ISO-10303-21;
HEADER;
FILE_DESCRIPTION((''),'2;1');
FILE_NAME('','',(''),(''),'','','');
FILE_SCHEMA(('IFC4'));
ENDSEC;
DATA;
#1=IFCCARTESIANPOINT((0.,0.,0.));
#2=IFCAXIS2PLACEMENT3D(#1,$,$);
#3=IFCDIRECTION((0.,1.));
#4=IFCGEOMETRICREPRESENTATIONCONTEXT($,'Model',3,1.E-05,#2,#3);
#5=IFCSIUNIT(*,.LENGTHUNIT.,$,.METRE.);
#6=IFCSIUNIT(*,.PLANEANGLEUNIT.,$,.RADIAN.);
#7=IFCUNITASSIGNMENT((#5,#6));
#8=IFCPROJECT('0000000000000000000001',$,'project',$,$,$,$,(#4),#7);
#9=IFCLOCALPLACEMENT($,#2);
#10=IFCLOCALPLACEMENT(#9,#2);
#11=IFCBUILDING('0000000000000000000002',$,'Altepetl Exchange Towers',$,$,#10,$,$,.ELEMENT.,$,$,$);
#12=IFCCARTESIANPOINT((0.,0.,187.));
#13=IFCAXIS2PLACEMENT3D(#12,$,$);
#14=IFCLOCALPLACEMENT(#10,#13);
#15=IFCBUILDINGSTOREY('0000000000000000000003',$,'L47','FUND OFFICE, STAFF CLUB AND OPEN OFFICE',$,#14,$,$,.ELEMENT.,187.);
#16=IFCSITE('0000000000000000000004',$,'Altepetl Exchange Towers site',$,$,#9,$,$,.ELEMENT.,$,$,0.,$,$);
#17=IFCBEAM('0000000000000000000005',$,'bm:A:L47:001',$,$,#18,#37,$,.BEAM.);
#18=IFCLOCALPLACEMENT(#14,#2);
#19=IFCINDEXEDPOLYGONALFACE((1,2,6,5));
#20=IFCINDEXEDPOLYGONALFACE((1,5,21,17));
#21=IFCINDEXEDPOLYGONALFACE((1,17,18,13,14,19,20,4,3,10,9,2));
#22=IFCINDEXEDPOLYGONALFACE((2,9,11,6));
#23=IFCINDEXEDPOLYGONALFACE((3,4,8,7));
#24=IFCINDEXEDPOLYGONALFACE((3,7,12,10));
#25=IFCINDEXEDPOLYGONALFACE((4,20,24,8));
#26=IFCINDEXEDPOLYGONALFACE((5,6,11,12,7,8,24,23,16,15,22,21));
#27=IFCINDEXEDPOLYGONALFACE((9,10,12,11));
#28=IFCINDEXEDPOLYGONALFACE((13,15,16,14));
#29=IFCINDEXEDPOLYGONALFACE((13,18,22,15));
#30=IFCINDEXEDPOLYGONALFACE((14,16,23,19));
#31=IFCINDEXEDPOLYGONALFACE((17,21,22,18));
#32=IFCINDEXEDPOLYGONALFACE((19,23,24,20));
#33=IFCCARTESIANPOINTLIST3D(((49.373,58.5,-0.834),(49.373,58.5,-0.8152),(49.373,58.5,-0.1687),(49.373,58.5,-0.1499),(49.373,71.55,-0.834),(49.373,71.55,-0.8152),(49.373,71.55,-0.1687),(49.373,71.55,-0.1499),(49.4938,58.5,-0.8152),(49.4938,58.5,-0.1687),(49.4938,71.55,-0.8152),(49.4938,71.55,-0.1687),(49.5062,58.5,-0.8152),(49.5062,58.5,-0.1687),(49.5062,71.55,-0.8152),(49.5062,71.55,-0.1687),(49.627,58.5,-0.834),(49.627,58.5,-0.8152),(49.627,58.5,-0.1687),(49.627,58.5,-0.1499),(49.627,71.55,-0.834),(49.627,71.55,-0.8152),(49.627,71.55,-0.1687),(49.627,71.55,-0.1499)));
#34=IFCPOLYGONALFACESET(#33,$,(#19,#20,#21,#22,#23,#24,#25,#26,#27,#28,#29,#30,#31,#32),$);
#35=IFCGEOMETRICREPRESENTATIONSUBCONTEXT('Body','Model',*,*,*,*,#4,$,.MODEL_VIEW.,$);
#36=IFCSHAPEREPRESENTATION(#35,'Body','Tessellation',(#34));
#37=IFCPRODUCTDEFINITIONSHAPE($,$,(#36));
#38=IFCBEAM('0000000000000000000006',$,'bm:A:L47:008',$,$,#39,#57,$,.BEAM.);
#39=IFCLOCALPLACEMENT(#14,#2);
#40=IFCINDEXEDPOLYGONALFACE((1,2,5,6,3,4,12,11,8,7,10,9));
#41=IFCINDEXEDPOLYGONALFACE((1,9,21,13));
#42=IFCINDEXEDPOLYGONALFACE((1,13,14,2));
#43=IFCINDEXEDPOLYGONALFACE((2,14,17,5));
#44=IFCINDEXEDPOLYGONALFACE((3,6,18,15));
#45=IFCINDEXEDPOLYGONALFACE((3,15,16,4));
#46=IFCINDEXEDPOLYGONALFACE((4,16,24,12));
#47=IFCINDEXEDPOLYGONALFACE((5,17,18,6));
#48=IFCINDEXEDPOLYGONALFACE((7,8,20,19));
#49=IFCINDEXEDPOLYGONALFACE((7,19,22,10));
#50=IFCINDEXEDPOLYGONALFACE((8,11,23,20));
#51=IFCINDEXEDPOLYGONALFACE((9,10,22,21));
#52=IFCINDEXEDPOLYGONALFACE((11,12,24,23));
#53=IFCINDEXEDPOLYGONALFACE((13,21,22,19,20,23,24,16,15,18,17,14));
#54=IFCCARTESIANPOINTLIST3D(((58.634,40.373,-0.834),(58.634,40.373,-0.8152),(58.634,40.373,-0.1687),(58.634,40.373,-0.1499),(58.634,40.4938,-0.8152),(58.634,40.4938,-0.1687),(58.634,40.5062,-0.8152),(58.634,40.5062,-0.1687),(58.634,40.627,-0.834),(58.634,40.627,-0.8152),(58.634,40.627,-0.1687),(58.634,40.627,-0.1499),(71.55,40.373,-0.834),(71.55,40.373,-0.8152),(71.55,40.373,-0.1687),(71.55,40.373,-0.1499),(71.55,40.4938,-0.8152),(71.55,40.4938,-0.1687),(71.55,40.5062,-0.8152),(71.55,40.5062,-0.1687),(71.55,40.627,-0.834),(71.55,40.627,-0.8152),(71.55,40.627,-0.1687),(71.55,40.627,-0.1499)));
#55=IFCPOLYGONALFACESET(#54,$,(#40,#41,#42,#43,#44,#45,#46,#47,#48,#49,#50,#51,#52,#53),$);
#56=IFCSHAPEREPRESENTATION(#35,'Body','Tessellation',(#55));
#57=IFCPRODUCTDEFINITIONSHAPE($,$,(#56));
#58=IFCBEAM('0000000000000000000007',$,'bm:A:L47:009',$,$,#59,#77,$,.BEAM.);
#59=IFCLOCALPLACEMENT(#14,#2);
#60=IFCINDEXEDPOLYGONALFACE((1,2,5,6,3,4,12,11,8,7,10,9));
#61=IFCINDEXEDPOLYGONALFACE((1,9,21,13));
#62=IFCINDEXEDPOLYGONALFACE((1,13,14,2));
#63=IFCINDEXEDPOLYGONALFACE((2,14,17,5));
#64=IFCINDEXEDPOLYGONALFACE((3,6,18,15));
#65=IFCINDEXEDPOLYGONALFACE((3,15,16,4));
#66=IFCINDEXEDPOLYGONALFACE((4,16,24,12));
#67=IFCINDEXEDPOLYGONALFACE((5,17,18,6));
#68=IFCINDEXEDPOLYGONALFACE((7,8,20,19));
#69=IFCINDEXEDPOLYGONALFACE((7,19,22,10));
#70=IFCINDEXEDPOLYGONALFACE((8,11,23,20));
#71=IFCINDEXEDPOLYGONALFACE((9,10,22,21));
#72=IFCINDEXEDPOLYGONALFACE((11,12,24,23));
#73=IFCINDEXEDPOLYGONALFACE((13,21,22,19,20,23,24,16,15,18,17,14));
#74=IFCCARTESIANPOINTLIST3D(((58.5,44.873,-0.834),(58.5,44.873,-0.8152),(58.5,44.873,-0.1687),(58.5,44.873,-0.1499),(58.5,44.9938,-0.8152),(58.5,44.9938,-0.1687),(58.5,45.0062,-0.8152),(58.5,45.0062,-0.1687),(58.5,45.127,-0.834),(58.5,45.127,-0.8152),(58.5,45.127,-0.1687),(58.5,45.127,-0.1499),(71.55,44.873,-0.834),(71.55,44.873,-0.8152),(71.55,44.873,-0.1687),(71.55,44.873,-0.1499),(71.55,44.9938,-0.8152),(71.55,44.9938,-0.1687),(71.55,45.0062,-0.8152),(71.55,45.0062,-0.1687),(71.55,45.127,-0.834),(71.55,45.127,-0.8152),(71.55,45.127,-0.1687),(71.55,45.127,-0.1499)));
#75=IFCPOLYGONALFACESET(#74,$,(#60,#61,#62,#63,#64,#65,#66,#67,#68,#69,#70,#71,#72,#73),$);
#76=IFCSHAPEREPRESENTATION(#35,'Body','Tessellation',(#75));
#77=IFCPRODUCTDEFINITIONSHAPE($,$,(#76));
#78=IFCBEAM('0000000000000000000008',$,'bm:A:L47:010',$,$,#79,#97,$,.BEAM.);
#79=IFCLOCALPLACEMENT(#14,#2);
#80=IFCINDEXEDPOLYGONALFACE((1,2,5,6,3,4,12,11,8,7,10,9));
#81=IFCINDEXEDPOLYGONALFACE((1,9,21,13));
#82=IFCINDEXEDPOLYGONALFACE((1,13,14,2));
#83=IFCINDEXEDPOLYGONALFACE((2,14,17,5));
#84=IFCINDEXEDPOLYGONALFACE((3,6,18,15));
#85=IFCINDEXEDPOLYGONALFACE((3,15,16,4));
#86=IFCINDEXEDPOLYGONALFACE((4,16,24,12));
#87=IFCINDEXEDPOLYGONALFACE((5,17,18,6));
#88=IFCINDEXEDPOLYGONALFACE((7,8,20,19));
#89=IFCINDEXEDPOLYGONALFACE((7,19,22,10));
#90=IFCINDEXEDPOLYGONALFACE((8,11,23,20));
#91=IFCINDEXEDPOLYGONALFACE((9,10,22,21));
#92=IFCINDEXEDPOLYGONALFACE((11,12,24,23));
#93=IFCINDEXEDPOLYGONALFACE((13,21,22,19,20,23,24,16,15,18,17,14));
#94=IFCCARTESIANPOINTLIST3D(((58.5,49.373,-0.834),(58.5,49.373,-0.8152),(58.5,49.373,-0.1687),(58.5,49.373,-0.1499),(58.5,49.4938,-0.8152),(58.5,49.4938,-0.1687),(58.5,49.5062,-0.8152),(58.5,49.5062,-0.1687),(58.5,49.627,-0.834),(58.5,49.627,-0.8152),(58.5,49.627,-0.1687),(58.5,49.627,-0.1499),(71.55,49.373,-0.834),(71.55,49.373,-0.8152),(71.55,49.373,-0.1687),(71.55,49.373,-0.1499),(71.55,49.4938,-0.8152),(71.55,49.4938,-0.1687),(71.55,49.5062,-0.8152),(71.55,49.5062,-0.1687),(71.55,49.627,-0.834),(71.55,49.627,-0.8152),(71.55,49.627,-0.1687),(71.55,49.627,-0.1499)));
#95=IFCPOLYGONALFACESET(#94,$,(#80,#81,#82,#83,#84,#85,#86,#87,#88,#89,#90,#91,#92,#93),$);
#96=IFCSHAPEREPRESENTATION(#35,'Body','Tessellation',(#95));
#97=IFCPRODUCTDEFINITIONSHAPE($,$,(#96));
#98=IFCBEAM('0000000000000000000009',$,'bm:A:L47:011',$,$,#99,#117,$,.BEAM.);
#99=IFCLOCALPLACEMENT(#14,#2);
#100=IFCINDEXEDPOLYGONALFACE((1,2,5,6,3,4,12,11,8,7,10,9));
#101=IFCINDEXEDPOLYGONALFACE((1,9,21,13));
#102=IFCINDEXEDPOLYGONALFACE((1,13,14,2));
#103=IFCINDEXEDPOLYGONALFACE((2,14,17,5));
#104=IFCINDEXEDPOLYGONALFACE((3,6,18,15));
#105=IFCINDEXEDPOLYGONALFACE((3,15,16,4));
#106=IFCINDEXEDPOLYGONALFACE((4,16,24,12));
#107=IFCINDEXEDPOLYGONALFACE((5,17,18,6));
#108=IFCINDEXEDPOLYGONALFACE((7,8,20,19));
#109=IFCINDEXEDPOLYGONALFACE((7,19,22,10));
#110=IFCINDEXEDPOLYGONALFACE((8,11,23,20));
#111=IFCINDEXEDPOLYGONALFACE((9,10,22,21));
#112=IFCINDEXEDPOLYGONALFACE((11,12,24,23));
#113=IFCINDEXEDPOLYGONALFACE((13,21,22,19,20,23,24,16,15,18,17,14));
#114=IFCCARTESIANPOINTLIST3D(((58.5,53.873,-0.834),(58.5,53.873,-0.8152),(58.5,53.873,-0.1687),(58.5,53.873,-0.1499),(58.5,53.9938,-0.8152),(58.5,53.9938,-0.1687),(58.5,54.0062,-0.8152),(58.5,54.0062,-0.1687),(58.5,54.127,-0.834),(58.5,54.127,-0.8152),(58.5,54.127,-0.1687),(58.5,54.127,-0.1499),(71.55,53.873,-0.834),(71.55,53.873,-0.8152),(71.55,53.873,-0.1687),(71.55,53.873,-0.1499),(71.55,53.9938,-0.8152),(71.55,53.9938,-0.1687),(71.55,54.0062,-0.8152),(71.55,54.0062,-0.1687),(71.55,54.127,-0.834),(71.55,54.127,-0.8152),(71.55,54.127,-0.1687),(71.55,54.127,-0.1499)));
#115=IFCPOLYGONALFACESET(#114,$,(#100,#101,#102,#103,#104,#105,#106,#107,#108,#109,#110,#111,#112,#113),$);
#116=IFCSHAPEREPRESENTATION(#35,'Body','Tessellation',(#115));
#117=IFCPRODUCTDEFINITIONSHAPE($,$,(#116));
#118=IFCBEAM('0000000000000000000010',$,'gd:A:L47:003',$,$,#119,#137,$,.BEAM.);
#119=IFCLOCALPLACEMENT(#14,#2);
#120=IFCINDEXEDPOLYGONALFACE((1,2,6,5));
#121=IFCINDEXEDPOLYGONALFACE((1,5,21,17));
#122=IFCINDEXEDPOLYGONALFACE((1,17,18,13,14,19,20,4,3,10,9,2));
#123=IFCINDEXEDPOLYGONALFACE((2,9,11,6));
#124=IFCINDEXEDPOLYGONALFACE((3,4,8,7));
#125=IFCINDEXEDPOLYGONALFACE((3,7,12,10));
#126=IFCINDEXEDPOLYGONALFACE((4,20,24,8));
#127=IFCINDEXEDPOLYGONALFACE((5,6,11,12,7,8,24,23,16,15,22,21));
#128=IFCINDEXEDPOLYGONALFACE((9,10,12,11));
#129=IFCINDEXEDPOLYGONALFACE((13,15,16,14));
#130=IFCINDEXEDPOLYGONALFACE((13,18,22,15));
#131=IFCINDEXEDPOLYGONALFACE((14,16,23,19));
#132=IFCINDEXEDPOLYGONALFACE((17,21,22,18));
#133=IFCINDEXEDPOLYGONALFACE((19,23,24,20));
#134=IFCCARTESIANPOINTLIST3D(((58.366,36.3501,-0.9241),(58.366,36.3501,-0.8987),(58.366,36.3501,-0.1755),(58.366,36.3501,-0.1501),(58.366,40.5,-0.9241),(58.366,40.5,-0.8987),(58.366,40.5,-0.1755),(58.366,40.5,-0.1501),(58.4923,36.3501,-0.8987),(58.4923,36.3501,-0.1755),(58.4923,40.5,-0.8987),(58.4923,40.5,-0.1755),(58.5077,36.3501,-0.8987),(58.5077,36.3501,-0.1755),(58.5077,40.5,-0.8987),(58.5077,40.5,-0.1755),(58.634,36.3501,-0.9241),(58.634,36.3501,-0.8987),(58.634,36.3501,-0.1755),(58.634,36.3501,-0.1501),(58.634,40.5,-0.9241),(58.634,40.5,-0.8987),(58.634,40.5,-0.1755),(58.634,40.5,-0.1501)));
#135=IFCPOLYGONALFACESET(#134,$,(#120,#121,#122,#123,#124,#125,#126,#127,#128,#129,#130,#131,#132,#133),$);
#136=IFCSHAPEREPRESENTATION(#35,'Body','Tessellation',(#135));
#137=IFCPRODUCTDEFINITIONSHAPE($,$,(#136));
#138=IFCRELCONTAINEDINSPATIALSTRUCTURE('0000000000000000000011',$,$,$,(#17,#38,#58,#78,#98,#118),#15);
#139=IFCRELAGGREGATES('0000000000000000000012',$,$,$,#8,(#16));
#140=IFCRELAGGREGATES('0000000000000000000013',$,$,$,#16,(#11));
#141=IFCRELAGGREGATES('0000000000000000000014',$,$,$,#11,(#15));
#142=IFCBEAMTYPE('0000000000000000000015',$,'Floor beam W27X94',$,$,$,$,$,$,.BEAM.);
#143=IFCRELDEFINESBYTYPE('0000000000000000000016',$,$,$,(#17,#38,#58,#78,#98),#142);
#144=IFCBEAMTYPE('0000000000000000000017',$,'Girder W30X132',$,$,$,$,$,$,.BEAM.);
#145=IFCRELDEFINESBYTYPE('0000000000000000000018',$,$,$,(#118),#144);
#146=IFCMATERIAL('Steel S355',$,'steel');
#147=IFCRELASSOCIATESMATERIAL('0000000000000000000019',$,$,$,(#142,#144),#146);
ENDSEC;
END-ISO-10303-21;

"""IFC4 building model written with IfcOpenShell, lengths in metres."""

from ifc_helpers import new_model, si_unit, direction, frame, origin, origin_2d, place, context, subcontext, project, spatial, i_section, extrude, material, material_profile, profile_set, type_object, element, save


model = new_model("IFC4")

# Units and contexts
model_context = context("Model", 3, precision=1e-05, world=origin(), true_north=direction((0.0, 1.0)))
body_context = subcontext(model_context, "Body", "Model", "MODEL_VIEW")
ifc_project = project(units=[si_unit("LENGTHUNIT", "METRE"), si_unit("PLANEANGLEUNIT", "RADIAN")], contexts=[model_context])

# Site, building, storey
site_placement = place(None, origin())
site = spatial("IfcSite", under=ifc_project, at=site_placement, Name="Altepetl Exchange Towers site", CompositionType="ELEMENT", RefElevation=0.0)
building_placement = place(site_placement, origin())
building = spatial("IfcBuilding", under=site, at=building_placement, Name="Altepetl Exchange Towers", CompositionType="ELEMENT")
storey_placement = place(building_placement, frame((0.0, 0.0, 187.0)))
storey = spatial("IfcBuildingStorey", under=building, at=storey_placement, Name="L47", Description="FUND OFFICE, STAFF CLUB AND OPEN OFFICE", CompositionType="ELEMENT", Elevation=187.0)

# Beams
ifc_material_1 = material(Name="Steel S355", Category="steel")
ifc_material_profile_1 = material_profile(ifc_material_1, i_section(OverallWidth=0.2539, OverallDepth=0.6841, WebThickness=0.0125, FlangeThickness=0.0188, at=origin_2d()), Name="W27X94")
ifc_profile_set_1 = profile_set([ifc_material_profile_1], Name="Steel S355")
beam_type_1 = type_object("IfcBeamType", Name="Floor beam W27X94", PredefinedType="BEAM", material=ifc_profile_set_1)
beam_1_placement = place(storey_placement, frame((49.5, 58.5, -0.4919), z_axis=(0.0, 1.0, 0.0), x_axis=(-1.0, 0.0, 0.0)))
element("IfcBeam", 1, at=beam_1_placement, inside=storey, type_object=beam_type_1, Name="bm:A:L47:001", PredefinedType="BEAM", context=body_context, shape_type="SweptSolid", body=[
    extrude(i_section(OverallWidth=0.2539, OverallDepth=0.6841, WebThickness=0.0125, FlangeThickness=0.0188, at=origin_2d()), origin(), (0.0, 0.0, 1.0), 13.05),
])
beam_2_placement = place(storey_placement, frame((58.634, 40.5, -0.4919), z_axis=(1.0, 0.0, 0.0), x_axis=(0.0, 1.0, 0.0)))
element("IfcBeam", 2, at=beam_2_placement, inside=storey, type_object=beam_type_1, Name="bm:A:L47:008", PredefinedType="BEAM", context=body_context, shape_type="SweptSolid", body=[
    extrude(i_section(OverallWidth=0.2539, OverallDepth=0.6841, WebThickness=0.0125, FlangeThickness=0.0188, at=origin_2d()), origin(), (0.0, 0.0, 1.0), 12.916),
])
for number, where, z_axis, x_axis, name in (
    (3, (58.5, 45.0, -0.4919), (1.0, 0.0, 0.0), (0.0, 1.0, 0.0), "bm:A:L47:009"),
    (4, (58.5, 49.5, -0.4919), (1.0, 0.0, 0.0), (0.0, 1.0, 0.0), "bm:A:L47:010"),
    (5, (58.5, 54.0, -0.4919), (1.0, 0.0, 0.0), (0.0, 1.0, 0.0), "bm:A:L47:011"),
):
    element("IfcBeam", number, at=place(storey_placement, frame(where, z_axis=z_axis, x_axis=x_axis)), inside=storey, type_object=beam_type_1, Name=name, PredefinedType="BEAM", context=body_context, shape_type="SweptSolid", body=[
        extrude(i_section(OverallWidth=0.2539, OverallDepth=0.6841, WebThickness=0.0125, FlangeThickness=0.0188, at=origin_2d()), origin(), (0.0, 0.0, 1.0), 13.05),
    ])
ifc_material_profile_2 = material_profile(ifc_material_1, i_section(OverallWidth=0.2681, OverallDepth=0.7739, WebThickness=0.0154, FlangeThickness=0.0254, at=origin_2d()), Name="W30X132")
ifc_profile_set_2 = profile_set([ifc_material_profile_2], Name="Steel S355")
beam_type_2 = type_object("IfcBeamType", Name="Girder W30X132", PredefinedType="BEAM", material=ifc_profile_set_2)
beam_3_placement = place(storey_placement, frame((58.5, 40.5, -0.5371), z_axis=(0.0, -1.0, 0.0), x_axis=(1.0, 0.0, 0.0)))
element("IfcBeam", 6, at=beam_3_placement, inside=storey, type_object=beam_type_2, Name="gd:A:L47:003", PredefinedType="BEAM", context=body_context, shape_type="SweptSolid", body=[
    extrude(i_section(OverallWidth=0.2681, OverallDepth=0.7739, WebThickness=0.0154, FlangeThickness=0.0254, at=origin_2d()), origin(), (0.0, 0.0, 1.0), 4.1499),
])

save(model, "model.ifc")
